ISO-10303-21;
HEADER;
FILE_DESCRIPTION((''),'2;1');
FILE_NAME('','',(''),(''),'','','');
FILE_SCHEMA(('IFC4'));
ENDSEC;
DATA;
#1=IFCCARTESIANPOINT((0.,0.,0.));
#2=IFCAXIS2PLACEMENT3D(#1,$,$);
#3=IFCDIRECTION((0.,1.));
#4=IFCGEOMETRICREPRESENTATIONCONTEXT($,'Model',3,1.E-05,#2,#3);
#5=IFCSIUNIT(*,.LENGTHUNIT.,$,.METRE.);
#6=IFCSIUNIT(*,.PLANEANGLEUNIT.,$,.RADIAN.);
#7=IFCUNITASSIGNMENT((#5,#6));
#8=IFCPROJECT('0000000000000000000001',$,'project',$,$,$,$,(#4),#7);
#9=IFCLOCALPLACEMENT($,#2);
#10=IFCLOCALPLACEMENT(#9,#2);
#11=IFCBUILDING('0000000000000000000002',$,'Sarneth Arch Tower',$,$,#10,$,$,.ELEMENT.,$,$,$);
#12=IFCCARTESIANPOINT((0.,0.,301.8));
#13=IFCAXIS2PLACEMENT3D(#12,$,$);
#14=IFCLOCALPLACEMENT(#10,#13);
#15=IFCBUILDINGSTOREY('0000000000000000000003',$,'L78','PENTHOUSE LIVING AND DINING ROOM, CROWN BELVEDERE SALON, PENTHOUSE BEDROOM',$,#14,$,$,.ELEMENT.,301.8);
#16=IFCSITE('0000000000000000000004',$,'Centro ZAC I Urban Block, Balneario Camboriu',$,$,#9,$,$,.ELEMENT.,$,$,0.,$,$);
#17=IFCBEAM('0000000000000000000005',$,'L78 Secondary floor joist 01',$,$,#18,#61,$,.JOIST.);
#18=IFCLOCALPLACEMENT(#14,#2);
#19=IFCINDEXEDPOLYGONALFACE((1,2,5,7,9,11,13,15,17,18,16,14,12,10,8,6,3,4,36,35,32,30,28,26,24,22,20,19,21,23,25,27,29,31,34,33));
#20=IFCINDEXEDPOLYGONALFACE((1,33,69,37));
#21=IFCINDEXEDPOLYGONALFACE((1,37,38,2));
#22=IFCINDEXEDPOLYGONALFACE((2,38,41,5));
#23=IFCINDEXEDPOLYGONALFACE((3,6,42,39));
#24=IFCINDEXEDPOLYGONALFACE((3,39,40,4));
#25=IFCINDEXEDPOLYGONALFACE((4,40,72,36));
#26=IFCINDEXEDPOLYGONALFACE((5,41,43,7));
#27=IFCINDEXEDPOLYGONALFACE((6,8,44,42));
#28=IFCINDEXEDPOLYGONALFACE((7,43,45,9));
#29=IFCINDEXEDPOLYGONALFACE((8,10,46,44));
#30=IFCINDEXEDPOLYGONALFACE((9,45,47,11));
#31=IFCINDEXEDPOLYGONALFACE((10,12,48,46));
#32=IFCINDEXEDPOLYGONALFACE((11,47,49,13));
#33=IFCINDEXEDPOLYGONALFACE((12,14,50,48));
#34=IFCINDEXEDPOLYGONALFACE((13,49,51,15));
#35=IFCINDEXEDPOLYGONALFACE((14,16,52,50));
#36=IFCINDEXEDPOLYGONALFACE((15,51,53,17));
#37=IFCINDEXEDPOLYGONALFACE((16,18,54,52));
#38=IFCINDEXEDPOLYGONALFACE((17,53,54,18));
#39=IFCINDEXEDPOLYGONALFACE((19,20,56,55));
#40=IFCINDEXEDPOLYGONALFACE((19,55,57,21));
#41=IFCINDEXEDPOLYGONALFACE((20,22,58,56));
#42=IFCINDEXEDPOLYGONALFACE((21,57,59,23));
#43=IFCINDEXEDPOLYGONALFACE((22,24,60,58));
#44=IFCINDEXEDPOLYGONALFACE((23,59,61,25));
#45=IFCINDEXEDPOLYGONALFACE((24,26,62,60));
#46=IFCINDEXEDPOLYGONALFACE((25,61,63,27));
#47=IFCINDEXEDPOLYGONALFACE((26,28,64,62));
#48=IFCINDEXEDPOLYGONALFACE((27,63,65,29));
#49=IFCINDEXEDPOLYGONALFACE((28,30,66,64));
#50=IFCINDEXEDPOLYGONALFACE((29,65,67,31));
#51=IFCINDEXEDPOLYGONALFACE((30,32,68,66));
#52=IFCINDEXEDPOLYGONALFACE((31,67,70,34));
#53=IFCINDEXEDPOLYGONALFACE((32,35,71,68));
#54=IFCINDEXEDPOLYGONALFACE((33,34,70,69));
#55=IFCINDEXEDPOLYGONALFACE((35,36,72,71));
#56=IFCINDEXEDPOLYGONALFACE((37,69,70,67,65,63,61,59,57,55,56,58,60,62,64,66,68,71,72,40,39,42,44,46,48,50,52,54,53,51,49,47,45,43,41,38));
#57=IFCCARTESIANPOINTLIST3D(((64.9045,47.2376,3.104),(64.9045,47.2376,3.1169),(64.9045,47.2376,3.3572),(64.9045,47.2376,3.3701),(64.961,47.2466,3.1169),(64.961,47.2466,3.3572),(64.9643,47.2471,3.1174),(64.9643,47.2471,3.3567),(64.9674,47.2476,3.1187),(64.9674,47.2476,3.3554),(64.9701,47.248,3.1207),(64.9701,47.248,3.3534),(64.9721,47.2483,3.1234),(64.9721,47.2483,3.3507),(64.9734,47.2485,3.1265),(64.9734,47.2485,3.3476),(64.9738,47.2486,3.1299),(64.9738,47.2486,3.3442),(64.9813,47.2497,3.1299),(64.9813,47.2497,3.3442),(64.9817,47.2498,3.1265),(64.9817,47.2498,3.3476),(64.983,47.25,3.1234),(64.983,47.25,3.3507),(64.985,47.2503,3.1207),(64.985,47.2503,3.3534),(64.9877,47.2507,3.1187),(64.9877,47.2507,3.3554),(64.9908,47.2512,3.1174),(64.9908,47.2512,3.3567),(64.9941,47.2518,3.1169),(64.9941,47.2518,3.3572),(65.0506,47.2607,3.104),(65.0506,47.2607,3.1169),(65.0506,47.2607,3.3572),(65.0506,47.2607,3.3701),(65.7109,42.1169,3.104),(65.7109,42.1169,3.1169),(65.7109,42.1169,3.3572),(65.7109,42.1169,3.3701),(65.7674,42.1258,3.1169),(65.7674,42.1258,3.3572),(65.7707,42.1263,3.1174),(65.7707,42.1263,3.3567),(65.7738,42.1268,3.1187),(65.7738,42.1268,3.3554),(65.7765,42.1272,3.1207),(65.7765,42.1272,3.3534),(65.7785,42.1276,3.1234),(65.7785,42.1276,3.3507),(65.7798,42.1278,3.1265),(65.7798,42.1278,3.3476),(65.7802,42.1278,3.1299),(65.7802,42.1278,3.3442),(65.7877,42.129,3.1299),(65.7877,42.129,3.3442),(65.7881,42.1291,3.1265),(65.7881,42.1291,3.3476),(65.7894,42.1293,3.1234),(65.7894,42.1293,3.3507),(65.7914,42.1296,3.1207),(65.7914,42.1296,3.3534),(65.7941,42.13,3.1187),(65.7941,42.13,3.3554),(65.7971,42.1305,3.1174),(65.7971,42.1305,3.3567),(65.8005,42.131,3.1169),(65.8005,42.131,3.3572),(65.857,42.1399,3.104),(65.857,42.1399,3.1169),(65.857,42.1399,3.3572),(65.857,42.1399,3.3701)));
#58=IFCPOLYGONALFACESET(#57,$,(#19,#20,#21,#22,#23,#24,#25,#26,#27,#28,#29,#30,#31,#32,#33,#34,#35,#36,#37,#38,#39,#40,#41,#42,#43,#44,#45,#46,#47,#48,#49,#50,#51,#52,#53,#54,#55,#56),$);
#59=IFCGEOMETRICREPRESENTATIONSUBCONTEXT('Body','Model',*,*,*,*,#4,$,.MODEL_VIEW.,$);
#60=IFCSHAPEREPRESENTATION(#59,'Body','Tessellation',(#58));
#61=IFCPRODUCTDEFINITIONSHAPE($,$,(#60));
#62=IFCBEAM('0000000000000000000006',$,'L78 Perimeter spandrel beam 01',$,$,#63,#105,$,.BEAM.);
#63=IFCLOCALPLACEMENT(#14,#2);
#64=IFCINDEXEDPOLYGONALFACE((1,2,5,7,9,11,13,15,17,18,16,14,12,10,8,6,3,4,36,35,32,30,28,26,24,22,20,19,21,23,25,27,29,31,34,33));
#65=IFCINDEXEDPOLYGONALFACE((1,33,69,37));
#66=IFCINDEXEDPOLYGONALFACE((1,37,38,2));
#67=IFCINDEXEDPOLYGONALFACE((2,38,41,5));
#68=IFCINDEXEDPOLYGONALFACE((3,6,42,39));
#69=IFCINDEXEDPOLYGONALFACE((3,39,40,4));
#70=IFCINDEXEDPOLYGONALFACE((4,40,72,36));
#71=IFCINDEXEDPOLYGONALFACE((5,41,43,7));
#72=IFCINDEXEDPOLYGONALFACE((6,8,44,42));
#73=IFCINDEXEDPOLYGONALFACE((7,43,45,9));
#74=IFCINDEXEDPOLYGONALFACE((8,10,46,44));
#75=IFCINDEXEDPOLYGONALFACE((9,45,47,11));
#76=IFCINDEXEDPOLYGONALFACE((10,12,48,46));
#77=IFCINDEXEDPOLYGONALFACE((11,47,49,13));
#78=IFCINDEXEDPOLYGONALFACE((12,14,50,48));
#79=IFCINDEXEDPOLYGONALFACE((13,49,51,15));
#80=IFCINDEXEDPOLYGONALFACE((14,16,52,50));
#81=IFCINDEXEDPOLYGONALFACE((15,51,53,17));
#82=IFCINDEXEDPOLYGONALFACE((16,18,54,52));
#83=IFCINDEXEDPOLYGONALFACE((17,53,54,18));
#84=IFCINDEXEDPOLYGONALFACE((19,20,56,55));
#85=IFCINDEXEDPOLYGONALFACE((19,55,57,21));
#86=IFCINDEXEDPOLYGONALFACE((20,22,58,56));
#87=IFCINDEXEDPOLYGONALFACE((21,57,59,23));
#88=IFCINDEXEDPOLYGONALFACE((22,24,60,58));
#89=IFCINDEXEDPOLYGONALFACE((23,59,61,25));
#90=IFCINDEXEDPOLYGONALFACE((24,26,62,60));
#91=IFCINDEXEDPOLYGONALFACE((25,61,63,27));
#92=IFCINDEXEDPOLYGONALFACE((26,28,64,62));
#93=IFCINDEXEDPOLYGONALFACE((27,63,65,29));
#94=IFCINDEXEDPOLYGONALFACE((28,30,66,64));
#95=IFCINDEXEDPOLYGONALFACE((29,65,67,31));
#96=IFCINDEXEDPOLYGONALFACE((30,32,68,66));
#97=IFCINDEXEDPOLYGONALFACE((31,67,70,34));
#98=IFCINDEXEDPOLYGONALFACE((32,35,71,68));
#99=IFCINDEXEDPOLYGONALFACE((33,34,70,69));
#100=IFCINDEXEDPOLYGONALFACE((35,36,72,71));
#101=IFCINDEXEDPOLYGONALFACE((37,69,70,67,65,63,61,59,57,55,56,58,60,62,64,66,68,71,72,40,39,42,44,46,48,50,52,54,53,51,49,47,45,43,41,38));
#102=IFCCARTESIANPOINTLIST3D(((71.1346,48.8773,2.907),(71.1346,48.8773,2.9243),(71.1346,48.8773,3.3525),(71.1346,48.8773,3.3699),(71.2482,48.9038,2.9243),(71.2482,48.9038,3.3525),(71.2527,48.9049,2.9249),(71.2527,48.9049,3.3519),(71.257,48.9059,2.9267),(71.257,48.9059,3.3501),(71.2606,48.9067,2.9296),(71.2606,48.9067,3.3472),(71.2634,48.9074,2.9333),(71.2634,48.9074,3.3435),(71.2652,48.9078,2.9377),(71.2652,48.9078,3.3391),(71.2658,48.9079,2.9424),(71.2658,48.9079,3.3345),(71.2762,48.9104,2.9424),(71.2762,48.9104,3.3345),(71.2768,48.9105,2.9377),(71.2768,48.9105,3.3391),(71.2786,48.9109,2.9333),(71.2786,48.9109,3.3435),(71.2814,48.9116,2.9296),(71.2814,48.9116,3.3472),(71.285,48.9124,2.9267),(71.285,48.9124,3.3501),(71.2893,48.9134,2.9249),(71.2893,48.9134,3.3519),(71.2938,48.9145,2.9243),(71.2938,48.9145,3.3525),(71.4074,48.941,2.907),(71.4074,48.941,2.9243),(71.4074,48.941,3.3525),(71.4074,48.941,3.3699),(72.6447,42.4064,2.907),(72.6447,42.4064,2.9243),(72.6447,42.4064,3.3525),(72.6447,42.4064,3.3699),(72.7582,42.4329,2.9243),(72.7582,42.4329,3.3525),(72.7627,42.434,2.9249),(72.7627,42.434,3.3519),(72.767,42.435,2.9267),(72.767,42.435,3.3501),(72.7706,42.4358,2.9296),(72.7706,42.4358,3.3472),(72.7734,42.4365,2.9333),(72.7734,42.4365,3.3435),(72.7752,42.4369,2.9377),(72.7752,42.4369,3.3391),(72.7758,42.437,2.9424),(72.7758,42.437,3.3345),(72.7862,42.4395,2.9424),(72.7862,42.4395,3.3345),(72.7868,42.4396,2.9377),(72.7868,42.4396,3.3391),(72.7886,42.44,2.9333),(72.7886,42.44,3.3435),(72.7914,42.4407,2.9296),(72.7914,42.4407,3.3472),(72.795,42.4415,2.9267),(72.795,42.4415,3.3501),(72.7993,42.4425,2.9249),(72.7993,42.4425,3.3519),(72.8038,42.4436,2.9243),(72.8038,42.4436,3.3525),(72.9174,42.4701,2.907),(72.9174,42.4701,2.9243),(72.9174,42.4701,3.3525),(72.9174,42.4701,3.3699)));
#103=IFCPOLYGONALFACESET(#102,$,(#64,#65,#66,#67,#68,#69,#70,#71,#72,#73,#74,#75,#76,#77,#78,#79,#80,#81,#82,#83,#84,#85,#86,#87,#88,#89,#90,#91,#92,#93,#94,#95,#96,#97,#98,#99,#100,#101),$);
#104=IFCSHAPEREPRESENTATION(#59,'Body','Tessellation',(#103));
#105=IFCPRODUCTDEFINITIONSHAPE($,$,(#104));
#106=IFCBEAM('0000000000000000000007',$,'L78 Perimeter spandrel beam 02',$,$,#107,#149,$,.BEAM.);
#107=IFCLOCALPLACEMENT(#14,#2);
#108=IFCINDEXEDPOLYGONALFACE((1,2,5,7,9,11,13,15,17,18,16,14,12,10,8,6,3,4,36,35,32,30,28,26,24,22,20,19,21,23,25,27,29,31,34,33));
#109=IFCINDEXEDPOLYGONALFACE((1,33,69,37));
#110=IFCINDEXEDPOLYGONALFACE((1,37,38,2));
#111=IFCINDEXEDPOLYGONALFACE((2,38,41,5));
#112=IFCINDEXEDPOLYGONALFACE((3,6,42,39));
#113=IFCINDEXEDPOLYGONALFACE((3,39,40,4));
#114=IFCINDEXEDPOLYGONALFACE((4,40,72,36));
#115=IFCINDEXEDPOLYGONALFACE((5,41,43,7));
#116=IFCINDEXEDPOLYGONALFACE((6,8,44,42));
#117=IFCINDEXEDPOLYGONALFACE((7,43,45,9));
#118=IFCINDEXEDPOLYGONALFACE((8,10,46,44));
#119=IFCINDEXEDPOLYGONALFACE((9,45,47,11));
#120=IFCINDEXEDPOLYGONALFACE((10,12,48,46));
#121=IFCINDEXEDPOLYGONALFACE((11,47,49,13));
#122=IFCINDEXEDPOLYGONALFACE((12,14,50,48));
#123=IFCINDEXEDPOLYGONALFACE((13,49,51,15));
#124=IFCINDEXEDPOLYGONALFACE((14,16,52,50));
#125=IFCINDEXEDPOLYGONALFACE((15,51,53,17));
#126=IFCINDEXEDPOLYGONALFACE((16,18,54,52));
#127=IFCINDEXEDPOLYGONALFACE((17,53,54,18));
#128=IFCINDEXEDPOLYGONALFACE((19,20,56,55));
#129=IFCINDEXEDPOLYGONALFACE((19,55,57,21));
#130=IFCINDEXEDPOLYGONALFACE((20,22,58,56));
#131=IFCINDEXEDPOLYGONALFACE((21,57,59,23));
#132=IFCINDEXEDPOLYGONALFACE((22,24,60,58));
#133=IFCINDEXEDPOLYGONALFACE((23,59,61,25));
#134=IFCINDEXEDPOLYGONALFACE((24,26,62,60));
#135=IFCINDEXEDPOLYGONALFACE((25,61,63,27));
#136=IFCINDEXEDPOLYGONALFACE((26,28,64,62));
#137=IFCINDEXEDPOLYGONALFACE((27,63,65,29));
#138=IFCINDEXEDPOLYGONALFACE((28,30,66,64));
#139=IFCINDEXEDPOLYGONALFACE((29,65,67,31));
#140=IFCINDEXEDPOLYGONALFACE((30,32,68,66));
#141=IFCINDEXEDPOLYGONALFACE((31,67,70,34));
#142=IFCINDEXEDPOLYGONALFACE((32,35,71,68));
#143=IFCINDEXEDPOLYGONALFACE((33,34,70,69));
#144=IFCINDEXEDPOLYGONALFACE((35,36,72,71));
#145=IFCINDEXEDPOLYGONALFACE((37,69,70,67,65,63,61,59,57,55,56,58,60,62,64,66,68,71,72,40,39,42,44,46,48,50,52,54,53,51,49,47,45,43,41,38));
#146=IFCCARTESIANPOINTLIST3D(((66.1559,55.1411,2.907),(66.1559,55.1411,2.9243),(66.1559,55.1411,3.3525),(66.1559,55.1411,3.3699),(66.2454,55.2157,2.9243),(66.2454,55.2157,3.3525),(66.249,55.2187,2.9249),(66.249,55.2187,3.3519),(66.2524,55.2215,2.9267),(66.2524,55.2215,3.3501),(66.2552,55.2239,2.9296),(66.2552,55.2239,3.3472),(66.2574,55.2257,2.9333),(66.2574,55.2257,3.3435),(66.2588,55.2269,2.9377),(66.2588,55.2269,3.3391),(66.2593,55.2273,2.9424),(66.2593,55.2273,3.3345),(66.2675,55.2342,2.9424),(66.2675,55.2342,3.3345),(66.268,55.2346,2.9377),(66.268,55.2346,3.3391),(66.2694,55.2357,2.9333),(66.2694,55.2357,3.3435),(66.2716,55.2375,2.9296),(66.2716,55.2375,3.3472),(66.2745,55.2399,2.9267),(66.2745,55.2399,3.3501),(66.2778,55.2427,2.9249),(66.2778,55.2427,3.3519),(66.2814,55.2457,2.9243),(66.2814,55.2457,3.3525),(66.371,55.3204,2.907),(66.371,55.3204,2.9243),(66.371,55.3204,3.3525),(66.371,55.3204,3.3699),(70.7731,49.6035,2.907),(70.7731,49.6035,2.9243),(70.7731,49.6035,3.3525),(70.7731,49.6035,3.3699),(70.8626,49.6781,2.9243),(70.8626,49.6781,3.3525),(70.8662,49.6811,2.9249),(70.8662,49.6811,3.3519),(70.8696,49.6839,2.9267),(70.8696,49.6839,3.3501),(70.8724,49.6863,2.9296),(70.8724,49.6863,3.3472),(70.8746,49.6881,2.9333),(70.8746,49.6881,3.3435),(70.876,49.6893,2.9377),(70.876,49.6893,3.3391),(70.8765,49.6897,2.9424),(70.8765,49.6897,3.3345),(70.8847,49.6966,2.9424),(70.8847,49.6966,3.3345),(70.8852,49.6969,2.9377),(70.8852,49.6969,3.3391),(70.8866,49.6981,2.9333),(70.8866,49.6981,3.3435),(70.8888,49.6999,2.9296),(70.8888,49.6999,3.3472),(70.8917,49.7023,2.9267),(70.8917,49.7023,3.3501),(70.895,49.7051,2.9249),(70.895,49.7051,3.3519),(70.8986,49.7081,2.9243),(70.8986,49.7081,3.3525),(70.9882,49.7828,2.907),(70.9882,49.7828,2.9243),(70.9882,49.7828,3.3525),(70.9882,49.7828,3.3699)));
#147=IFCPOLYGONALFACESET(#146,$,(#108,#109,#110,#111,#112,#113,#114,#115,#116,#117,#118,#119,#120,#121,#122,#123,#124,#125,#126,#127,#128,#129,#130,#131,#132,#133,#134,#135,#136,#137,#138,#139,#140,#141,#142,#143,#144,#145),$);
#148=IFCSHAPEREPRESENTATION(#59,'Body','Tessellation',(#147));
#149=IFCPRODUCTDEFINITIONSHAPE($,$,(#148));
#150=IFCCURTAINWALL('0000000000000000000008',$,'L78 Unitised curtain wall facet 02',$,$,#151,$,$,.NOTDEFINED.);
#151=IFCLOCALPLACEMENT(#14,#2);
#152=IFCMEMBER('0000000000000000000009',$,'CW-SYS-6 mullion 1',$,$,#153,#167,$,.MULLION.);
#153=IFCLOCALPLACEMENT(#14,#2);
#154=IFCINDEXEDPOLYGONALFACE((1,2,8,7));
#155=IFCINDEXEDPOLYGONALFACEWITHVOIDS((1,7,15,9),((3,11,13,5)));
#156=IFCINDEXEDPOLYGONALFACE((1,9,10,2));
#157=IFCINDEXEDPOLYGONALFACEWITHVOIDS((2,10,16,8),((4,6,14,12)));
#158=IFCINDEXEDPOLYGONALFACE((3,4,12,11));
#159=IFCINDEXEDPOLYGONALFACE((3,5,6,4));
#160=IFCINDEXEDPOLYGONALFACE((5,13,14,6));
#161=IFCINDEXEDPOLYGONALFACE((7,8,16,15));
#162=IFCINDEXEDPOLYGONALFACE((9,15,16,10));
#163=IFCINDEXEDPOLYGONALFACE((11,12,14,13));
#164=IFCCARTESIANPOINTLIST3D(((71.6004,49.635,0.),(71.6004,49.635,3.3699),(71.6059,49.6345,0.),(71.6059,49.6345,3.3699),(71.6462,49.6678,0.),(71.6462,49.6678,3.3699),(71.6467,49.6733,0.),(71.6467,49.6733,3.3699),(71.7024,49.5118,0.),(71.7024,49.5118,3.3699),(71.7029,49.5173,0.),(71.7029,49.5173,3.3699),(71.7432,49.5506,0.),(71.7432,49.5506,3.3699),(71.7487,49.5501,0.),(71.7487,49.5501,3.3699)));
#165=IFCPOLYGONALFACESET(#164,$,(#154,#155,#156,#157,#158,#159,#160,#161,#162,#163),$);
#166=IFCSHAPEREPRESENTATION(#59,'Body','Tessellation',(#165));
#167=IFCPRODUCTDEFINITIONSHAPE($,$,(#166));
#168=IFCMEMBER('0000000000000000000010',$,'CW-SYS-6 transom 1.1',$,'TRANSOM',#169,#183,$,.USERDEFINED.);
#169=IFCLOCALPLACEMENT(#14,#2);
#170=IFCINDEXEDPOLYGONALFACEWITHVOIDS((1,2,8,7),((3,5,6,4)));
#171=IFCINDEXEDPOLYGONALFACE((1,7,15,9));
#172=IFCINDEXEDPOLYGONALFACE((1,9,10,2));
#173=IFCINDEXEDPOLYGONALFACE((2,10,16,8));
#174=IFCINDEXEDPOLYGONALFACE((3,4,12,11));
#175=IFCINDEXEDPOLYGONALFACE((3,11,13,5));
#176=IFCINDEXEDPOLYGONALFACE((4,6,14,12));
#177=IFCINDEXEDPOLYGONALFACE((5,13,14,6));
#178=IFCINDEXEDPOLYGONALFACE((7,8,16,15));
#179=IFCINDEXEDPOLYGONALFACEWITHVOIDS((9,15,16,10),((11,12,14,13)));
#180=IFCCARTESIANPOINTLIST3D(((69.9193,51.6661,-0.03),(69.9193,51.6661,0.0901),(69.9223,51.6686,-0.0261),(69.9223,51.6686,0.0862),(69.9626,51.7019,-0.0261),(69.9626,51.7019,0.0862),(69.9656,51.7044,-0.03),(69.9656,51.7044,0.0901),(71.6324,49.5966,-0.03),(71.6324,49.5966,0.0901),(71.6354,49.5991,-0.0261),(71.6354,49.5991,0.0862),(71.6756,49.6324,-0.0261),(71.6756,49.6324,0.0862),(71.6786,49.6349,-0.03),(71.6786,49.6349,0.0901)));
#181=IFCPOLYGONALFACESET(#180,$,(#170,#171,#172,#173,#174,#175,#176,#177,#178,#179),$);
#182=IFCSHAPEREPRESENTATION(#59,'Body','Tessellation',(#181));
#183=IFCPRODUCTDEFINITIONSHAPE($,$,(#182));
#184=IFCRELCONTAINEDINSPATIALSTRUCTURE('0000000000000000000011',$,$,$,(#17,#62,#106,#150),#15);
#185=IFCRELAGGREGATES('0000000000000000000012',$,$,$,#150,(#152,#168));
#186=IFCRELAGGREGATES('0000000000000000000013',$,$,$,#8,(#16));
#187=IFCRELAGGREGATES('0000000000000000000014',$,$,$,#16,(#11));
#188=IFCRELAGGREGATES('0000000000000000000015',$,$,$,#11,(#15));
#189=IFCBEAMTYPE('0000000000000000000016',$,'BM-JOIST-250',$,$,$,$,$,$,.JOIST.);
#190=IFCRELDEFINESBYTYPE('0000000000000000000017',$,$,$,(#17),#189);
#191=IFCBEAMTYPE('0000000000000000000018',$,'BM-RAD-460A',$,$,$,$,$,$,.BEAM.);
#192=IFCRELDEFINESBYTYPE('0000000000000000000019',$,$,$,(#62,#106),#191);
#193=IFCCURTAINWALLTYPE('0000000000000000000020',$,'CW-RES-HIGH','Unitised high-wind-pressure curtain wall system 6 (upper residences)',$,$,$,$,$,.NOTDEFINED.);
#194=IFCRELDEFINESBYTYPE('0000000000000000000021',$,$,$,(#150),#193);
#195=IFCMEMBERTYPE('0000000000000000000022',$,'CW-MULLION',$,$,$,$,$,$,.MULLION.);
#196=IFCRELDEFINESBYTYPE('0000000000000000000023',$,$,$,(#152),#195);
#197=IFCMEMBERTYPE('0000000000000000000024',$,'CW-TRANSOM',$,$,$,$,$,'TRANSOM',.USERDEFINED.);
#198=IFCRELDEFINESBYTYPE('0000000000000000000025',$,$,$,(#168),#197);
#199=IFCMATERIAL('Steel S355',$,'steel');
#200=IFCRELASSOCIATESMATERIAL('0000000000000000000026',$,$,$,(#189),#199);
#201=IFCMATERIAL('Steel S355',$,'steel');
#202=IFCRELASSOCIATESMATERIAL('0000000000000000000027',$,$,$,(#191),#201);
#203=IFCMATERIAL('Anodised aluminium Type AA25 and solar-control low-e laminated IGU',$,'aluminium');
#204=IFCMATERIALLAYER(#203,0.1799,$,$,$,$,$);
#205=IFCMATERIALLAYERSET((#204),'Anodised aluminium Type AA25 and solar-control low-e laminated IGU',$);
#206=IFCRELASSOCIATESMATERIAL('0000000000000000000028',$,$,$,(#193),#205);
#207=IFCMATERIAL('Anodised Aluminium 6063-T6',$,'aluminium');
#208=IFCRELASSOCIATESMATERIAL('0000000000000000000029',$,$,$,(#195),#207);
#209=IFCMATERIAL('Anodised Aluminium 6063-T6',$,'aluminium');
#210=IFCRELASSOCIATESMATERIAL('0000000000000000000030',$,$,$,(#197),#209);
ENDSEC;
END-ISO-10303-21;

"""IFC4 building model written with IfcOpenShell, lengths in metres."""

from ifc_helpers import new_model, si_unit, direction, frame, origin, origin_2d, place, context, subcontext, project, spatial, hollow_rectangle, i_section, extrude, material, layer, layer_set, material_profile, profile_set, type_object, element, aggregate, save


model = new_model("IFC4")

# Units and contexts
model_context = context("Model", 3, precision=1e-05, world=origin(), true_north=direction((0.0, 1.0)))
body_context = subcontext(model_context, "Body", "Model", "MODEL_VIEW")
ifc_project = project(units=[si_unit("LENGTHUNIT", "METRE"), si_unit("PLANEANGLEUNIT", "RADIAN")], contexts=[model_context])

# Site, building, storey
site_placement = place(None, origin())
site = spatial("IfcSite", under=ifc_project, at=site_placement, Name="Centro ZAC I Urban Block, Balneario Camboriu", CompositionType="ELEMENT", RefElevation=0.0)
building_placement = place(site_placement, origin())
building = spatial("IfcBuilding", under=site, at=building_placement, Name="Sarneth Arch Tower", CompositionType="ELEMENT")
storey_placement = place(building_placement, frame((0.0, 0.0, 301.8)))
storey = spatial("IfcBuildingStorey", under=building, at=storey_placement, Name="L78", Description="PENTHOUSE LIVING AND DINING ROOM, CROWN BELVEDERE SALON, PENTHOUSE BEDROOM", CompositionType="ELEMENT", Elevation=301.8)

# Beams
ifc_material_1 = material(Name="Steel S355", Category="steel")
ifc_material_profile_1 = material_profile(ifc_material_1, i_section(OverallWidth=0.1479, OverallDepth=0.2661, WebThickness=0.0076, FlangeThickness=0.0129, FilletRadius=0.0129, at=origin_2d()), Name="W250x44.8")
ifc_profile_set_1 = profile_set([ifc_material_profile_1], Name="Steel S355")
beam_type_1 = type_object("IfcBeamType", Name="BM-JOIST-250", PredefinedType="JOIST", material=ifc_profile_set_1)
beam_1_placement = place(storey_placement, frame((65.7839, 42.1284, 3.2371), z_axis=(-0.155556, 0.987827, 0.0), x_axis=(-0.987827, -0.155556, 0.0)))
element("IfcBeam", 1, at=beam_1_placement, inside=storey, type_object=beam_type_1, Name="L78 Secondary floor joist 01", PredefinedType="JOIST", context=body_context, shape_type="SweptSolid", body=[
    extrude(i_section(OverallWidth=0.1479, OverallDepth=0.2661, WebThickness=0.0076, FlangeThickness=0.0129, FilletRadius=0.0129, at=origin_2d()), origin(), (0.0, 0.0, 1.0), 5.1838),
])
ifc_material_2 = material(Name="Steel S355", Category="steel")
ifc_material_profile_2 = material_profile(ifc_material_2, i_section(OverallWidth=0.28, OverallDepth=0.4629, WebThickness=0.0107, FlangeThickness=0.0173, FilletRadius=0.0181, at=origin_2d()), Name="W460x113")
ifc_profile_set_2 = profile_set([ifc_material_profile_2], Name="Steel S355")
beam_type_2 = type_object("IfcBeamType", Name="BM-RAD-460A", PredefinedType="BEAM", material=ifc_profile_set_2)
beam_2_placement = place(storey_placement, frame((72.781, 42.4382, 3.1384), z_axis=(-0.227247, 0.973837, 0.0), x_axis=(-0.973837, -0.227247, 0.0)))
element("IfcBeam", 2, at=beam_2_placement, inside=storey, type_object=beam_type_2, Name="L78 Perimeter spandrel beam 01", PredefinedType="BEAM", context=body_context, shape_type="SweptSolid", body=[
    extrude(i_section(OverallWidth=0.28, OverallDepth=0.4629, WebThickness=0.0107, FlangeThickness=0.0173, FilletRadius=0.0181, at=origin_2d()), origin(), (0.0, 0.0, 1.0), 6.6448),
])
beam_3_placement = place(storey_placement, frame((70.8806, 49.6931, 3.1384), z_axis=(-0.640391, 0.768049, 0.0), x_axis=(-0.768049, -0.640391, 0.0)))
element("IfcBeam", 3, at=beam_3_placement, inside=storey, type_object=beam_type_2, Name="L78 Perimeter spandrel beam 02", PredefinedType="BEAM", context=body_context, shape_type="SweptSolid", body=[
    extrude(i_section(OverallWidth=0.28, OverallDepth=0.4629, WebThickness=0.0107, FlangeThickness=0.0173, FilletRadius=0.0181, at=origin_2d()), origin(), (0.0, 0.0, 1.0), 7.21),
])

# Curtain wall, members
ifc_material_3 = material(Name="Anodised aluminium Type AA25 and solar-control low-e laminated IGU", Category="aluminium")
ifc_layer_1 = layer(ifc_material_3, 0.1799)
ifc_layer_set_1 = layer_set([ifc_layer_1], Name="Anodised aluminium Type AA25 and solar-control low-e laminated IGU")
curtain_wall_type = type_object("IfcCurtainWallType", Name="CW-RES-HIGH", Description="Unitised high-wind-pressure curtain wall system 6 (upper residences)", PredefinedType="NOTDEFINED", material=ifc_layer_set_1)
curtain_wall_placement = place(storey_placement, origin())
curtain_wall = element("IfcCurtainWall", 4, at=curtain_wall_placement, inside=storey, type_object=curtain_wall_type, Name="L78 Unitised curtain wall facet 02", PredefinedType="NOTDEFINED")
ifc_material_4 = material(Name="Anodised Aluminium 6063-T6", Category="aluminium")
ifc_material_profile_3 = material_profile(ifc_material_4, hollow_rectangle(XDim=0.0601, YDim=0.1599, WallThickness=0.0039, at=origin_2d()), Name="AL-MULL-160x60x4")
ifc_profile_set_3 = profile_set([ifc_material_profile_3], Name="Anodised Aluminium 6063-T6")
member_type_1 = type_object("IfcMemberType", Name="CW-MULLION", PredefinedType="MULLION", material=ifc_profile_set_3)
member_1_placement = place(storey_placement, frame((71.6746, 49.5925, 0.0), z_axis=(0.0, 0.0, 1.0), x_axis=(-0.770359, -0.63761, 0.0)))
member_1 = element("IfcMember", 5, at=member_1_placement, type_object=member_type_1, Name="CW-SYS-6 mullion 1", PredefinedType="MULLION", context=body_context, shape_type="SweptSolid", body=[
    extrude(hollow_rectangle(XDim=0.0601, YDim=0.1599, WallThickness=0.0039, at=origin_2d()), origin(), (0.0, 0.0, 1.0), 3.3699),
])
ifc_material_5 = material(Name="Anodised Aluminium 6063-T6", Category="aluminium")
ifc_material_profile_4 = material_profile(ifc_material_5, hollow_rectangle(XDim=0.0601, YDim=0.1201, WallThickness=0.0039, at=origin_2d()), Name="AL-TRAN-120x60x4")
ifc_profile_set_4 = profile_set([ifc_material_profile_4], Name="Anodised Aluminium 6063-T6")
member_type_2 = type_object("IfcMemberType", Name="CW-TRANSOM", ElementType="TRANSOM", PredefinedType="USERDEFINED", material=ifc_profile_set_4)
member_2_placement = place(storey_placement, frame((71.6555, 49.6157, 0.03), z_axis=(-0.637651, 0.770325, 0.0), x_axis=(-0.770325, -0.637651, 0.0)))
member_2 = element("IfcMember", 6, at=member_2_placement, type_object=member_type_2, Name="CW-SYS-6 transom 1.1", ObjectType="TRANSOM", PredefinedType="USERDEFINED", context=body_context, shape_type="SweptSolid", body=[
    extrude(hollow_rectangle(XDim=0.0601, YDim=0.1201, WallThickness=0.0039, at=origin_2d()), origin(), (0.0, 0.0, 1.0), 2.6865),
])

aggregate(curtain_wall, [member_1, member_2])

save(model, "model.ifc")
